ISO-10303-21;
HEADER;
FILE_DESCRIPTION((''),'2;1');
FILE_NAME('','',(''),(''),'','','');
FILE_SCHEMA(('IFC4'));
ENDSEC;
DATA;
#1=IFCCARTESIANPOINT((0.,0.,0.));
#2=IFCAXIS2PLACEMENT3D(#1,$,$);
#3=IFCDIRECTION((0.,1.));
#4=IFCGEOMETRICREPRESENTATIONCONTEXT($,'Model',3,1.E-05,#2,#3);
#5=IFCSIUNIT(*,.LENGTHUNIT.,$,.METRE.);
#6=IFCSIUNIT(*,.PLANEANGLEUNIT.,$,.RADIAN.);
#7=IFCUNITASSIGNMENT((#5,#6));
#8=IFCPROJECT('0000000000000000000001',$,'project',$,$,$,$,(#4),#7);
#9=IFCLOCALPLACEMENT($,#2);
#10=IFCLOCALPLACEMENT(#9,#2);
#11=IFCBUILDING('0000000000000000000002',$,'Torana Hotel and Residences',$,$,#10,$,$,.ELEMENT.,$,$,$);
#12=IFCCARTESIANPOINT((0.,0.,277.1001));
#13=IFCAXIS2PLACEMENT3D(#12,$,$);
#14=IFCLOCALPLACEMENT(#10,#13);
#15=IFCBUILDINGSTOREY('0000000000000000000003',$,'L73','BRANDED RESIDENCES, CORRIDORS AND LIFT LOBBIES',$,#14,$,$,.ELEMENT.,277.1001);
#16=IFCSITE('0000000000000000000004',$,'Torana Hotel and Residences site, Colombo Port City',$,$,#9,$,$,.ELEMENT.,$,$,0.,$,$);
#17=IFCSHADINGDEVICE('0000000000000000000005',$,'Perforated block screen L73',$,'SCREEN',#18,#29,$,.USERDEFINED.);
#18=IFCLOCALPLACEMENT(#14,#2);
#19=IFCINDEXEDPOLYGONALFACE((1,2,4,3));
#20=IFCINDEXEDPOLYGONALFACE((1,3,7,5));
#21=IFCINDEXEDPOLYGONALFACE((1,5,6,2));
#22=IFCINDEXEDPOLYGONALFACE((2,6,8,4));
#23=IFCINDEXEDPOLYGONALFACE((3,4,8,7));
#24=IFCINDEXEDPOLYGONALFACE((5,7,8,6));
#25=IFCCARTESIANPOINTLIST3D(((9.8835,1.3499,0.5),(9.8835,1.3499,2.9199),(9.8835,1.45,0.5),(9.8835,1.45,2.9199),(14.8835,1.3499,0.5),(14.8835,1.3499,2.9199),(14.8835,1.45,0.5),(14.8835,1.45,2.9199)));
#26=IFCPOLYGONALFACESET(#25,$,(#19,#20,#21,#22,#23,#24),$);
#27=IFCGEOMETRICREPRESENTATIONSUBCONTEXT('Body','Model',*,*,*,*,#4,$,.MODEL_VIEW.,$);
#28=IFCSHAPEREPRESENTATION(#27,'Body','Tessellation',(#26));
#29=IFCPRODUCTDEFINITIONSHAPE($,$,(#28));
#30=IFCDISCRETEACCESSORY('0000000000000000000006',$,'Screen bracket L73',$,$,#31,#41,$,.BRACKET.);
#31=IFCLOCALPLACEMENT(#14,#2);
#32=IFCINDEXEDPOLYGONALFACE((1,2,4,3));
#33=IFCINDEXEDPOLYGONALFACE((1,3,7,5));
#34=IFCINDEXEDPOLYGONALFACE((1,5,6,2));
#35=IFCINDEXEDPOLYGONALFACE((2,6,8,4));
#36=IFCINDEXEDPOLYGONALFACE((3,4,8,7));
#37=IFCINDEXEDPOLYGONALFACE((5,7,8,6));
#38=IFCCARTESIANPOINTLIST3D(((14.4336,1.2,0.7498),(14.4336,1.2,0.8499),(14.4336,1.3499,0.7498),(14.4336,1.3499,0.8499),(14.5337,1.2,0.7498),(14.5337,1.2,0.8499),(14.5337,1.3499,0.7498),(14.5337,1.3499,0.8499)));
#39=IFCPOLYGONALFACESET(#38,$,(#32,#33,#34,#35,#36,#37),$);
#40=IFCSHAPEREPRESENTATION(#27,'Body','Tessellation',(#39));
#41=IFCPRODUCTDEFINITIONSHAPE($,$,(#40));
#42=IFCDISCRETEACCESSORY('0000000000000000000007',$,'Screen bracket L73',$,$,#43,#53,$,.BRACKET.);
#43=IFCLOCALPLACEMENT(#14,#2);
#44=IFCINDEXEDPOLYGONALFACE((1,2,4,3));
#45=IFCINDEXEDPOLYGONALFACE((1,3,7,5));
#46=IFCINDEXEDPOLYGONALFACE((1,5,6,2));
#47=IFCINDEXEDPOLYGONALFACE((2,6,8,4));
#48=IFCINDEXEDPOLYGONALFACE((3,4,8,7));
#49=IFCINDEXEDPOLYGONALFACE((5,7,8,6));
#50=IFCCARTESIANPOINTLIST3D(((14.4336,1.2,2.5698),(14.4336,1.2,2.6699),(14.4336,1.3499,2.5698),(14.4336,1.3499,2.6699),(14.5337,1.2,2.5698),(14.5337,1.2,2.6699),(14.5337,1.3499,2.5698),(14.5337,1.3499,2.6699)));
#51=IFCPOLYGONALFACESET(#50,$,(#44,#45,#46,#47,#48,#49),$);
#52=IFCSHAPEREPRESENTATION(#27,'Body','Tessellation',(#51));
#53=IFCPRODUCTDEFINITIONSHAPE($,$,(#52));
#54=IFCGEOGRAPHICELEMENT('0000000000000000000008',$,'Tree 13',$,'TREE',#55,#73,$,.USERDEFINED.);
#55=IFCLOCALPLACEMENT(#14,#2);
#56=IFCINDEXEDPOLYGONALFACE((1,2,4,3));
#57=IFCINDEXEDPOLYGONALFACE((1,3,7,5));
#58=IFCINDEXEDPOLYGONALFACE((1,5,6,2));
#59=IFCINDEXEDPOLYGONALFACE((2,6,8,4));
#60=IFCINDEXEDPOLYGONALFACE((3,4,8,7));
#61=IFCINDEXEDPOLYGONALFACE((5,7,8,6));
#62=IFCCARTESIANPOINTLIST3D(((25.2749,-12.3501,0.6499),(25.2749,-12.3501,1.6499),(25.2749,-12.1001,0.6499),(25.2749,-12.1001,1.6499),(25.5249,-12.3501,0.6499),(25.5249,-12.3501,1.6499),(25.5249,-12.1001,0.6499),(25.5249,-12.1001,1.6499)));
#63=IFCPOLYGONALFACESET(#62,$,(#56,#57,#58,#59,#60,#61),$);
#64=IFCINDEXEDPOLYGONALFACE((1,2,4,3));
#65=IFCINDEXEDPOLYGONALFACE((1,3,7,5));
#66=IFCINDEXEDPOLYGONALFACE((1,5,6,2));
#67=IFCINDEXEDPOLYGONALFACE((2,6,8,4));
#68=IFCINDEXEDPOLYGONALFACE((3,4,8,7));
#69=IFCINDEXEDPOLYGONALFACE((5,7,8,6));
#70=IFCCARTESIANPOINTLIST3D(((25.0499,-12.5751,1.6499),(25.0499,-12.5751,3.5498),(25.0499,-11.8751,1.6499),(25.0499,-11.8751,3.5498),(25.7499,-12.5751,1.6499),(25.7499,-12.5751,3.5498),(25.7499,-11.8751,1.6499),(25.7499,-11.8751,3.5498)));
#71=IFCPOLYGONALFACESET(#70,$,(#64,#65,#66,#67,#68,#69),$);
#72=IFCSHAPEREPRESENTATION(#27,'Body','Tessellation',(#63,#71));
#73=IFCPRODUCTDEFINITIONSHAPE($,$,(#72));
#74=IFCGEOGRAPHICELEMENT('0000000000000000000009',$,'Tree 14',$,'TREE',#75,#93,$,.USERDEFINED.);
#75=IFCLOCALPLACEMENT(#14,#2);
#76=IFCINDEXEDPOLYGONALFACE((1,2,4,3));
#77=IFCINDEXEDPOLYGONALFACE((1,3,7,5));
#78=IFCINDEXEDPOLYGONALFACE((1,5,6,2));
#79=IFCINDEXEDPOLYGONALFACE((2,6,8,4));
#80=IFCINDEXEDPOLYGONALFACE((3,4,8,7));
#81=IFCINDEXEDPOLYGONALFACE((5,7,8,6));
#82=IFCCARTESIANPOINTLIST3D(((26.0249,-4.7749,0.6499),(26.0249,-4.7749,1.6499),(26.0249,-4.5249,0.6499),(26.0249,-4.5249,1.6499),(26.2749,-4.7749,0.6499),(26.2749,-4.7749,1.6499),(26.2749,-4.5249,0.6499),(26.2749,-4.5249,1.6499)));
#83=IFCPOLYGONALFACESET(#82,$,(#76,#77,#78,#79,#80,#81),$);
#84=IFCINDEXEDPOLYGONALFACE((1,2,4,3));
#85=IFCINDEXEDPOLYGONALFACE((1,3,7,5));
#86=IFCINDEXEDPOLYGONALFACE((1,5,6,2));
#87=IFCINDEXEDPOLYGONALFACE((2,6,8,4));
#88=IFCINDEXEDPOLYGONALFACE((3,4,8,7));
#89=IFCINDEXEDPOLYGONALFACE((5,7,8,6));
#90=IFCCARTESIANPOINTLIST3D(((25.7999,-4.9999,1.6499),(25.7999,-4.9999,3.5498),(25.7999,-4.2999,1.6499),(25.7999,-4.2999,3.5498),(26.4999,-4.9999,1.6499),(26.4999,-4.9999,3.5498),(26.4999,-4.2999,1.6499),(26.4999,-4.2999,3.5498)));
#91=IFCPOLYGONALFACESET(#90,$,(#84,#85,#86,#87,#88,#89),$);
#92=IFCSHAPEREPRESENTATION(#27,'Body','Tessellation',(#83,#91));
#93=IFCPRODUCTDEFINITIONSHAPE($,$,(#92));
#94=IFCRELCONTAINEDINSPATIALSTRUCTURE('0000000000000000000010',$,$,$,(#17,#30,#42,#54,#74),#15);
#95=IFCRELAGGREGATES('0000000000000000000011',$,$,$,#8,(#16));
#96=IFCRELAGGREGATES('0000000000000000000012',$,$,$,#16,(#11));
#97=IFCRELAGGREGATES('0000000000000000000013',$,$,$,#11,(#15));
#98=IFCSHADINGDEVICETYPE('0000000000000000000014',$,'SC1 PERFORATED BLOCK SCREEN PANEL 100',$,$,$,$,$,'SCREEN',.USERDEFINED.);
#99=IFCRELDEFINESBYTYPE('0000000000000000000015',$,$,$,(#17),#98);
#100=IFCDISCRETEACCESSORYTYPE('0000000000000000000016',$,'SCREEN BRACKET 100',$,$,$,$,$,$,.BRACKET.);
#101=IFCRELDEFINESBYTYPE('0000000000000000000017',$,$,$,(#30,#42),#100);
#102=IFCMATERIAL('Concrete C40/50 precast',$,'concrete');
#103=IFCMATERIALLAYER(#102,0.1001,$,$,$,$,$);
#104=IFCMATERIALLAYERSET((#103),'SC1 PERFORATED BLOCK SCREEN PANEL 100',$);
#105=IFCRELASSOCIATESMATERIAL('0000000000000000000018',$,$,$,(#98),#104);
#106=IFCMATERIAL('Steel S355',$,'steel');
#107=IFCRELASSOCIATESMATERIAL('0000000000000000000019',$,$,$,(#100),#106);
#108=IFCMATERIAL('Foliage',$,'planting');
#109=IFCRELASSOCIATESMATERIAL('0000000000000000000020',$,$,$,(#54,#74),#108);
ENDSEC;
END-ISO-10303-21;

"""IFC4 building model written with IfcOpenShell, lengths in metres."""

from ifc_helpers import new_model, si_unit, direction, frame, origin, origin_2d, place, context, subcontext, project, spatial, rectangle, extrude, material, layer, layer_set, type_object, element, save


model = new_model("IFC4")

# Units and contexts
model_context = context("Model", 3, precision=1e-05, world=origin(), true_north=direction((0.0, 1.0)))
body_context = subcontext(model_context, "Body", "Model", "MODEL_VIEW")
ifc_project = project(units=[si_unit("LENGTHUNIT", "METRE"), si_unit("PLANEANGLEUNIT", "RADIAN")], contexts=[model_context])

# Site, building, storey
site_placement = place(None, origin())
site = spatial("IfcSite", under=ifc_project, at=site_placement, Name="Torana Hotel and Residences site, Colombo Port City", CompositionType="ELEMENT", RefElevation=0.0)
building_placement = place(site_placement, origin())
building = spatial("IfcBuilding", under=site, at=building_placement, Name="Torana Hotel and Residences", CompositionType="ELEMENT")
storey_placement = place(building_placement, frame((0.0, 0.0, 277.1001)))
storey = spatial("IfcBuildingStorey", under=building, at=storey_placement, Name="L73", Description="BRANDED RESIDENCES, CORRIDORS AND LIFT LOBBIES", CompositionType="ELEMENT", Elevation=277.1001)

# Shading device
ifc_material_1 = material(Name="Concrete C40/50 precast", Category="concrete")
ifc_layer_1 = layer(ifc_material_1, 0.1001)
ifc_layer_set_1 = layer_set([ifc_layer_1], Name="SC1 PERFORATED BLOCK SCREEN PANEL 100")
shading_device_type_1 = type_object("IfcShadingDeviceType", Name="SC1 PERFORATED BLOCK SCREEN PANEL 100", ElementType="SCREEN", PredefinedType="USERDEFINED", material=ifc_layer_set_1)
shading_device_1_placement = place(storey_placement, frame((12.3835, 1.3999, 0.5), z_axis=(0.0, 0.0, 1.0), x_axis=(-1.0, 0.0, 0.0)))
element("IfcShadingDevice", 1, at=shading_device_1_placement, inside=storey, type_object=shading_device_type_1, Name="Perforated block screen L73", ObjectType="SCREEN", PredefinedType="USERDEFINED", context=body_context, shape_type="SweptSolid", body=[
    extrude(rectangle(XDim=5.0, YDim=0.1001, at=origin_2d()), origin(), (0.0, 0.0, 1.0), 2.4199),
])

# Discrete accessories
ifc_material_2 = material(Name="Steel S355", Category="steel")
discrete_accessory_type = type_object("IfcDiscreteAccessoryType", Name="SCREEN BRACKET 100", PredefinedType="BRACKET", material=ifc_material_2)
for number, where, z_axis, x_axis, name in (
    (2, (14.4836, 1.2749, 0.7498), (0.0, 0.0, 1.0), (-1.0, 0.0, 0.0), "Screen bracket L73"),
    (3, (14.4836, 1.2749, 2.5698), (0.0, 0.0, 1.0), (-1.0, 0.0, 0.0), "Screen bracket L73"),
):
    element("IfcDiscreteAccessory", number, at=place(storey_placement, frame(where, z_axis=z_axis, x_axis=x_axis)), inside=storey, type_object=discrete_accessory_type, Name=name, PredefinedType="BRACKET", context=body_context, shape_type="SweptSolid", body=[
        extrude(rectangle(XDim=0.1001, YDim=0.1499, at=origin_2d()), origin(), (0.0, 0.0, 1.0), 0.1001),
    ])

# Geographic elements
ifc_material_3 = material(Name="Foliage", Category="planting")
for number, where, z_axis, x_axis, name in (
    (4, (25.3999, -12.2251, 0.6499), (0.0, 0.0, 1.0), (1.0, 0.0, 0.0), "Tree 13"),
    (5, (26.1499, -4.6499, 0.6499), (0.0, 0.0, 1.0), (1.0, 0.0, 0.0), "Tree 14"),
):
    element("IfcGeographicElement", number, at=place(storey_placement, frame(where, z_axis=z_axis, x_axis=x_axis)), inside=storey, material=ifc_material_3, Name=name, ObjectType="TREE", PredefinedType="USERDEFINED", context=body_context, shape_type="SweptSolid", body=[
        extrude(rectangle(XDim=0.25, YDim=0.25, at=origin_2d()), origin(), (0.0, 0.0, 1.0), 1.0),
        extrude(rectangle(XDim=0.7, YDim=0.7, at=origin_2d()), frame((0.0, 0.0, 1.0)), (0.0, 0.0, 1.0), 1.8999),
    ])

save(model, "model.ifc")
